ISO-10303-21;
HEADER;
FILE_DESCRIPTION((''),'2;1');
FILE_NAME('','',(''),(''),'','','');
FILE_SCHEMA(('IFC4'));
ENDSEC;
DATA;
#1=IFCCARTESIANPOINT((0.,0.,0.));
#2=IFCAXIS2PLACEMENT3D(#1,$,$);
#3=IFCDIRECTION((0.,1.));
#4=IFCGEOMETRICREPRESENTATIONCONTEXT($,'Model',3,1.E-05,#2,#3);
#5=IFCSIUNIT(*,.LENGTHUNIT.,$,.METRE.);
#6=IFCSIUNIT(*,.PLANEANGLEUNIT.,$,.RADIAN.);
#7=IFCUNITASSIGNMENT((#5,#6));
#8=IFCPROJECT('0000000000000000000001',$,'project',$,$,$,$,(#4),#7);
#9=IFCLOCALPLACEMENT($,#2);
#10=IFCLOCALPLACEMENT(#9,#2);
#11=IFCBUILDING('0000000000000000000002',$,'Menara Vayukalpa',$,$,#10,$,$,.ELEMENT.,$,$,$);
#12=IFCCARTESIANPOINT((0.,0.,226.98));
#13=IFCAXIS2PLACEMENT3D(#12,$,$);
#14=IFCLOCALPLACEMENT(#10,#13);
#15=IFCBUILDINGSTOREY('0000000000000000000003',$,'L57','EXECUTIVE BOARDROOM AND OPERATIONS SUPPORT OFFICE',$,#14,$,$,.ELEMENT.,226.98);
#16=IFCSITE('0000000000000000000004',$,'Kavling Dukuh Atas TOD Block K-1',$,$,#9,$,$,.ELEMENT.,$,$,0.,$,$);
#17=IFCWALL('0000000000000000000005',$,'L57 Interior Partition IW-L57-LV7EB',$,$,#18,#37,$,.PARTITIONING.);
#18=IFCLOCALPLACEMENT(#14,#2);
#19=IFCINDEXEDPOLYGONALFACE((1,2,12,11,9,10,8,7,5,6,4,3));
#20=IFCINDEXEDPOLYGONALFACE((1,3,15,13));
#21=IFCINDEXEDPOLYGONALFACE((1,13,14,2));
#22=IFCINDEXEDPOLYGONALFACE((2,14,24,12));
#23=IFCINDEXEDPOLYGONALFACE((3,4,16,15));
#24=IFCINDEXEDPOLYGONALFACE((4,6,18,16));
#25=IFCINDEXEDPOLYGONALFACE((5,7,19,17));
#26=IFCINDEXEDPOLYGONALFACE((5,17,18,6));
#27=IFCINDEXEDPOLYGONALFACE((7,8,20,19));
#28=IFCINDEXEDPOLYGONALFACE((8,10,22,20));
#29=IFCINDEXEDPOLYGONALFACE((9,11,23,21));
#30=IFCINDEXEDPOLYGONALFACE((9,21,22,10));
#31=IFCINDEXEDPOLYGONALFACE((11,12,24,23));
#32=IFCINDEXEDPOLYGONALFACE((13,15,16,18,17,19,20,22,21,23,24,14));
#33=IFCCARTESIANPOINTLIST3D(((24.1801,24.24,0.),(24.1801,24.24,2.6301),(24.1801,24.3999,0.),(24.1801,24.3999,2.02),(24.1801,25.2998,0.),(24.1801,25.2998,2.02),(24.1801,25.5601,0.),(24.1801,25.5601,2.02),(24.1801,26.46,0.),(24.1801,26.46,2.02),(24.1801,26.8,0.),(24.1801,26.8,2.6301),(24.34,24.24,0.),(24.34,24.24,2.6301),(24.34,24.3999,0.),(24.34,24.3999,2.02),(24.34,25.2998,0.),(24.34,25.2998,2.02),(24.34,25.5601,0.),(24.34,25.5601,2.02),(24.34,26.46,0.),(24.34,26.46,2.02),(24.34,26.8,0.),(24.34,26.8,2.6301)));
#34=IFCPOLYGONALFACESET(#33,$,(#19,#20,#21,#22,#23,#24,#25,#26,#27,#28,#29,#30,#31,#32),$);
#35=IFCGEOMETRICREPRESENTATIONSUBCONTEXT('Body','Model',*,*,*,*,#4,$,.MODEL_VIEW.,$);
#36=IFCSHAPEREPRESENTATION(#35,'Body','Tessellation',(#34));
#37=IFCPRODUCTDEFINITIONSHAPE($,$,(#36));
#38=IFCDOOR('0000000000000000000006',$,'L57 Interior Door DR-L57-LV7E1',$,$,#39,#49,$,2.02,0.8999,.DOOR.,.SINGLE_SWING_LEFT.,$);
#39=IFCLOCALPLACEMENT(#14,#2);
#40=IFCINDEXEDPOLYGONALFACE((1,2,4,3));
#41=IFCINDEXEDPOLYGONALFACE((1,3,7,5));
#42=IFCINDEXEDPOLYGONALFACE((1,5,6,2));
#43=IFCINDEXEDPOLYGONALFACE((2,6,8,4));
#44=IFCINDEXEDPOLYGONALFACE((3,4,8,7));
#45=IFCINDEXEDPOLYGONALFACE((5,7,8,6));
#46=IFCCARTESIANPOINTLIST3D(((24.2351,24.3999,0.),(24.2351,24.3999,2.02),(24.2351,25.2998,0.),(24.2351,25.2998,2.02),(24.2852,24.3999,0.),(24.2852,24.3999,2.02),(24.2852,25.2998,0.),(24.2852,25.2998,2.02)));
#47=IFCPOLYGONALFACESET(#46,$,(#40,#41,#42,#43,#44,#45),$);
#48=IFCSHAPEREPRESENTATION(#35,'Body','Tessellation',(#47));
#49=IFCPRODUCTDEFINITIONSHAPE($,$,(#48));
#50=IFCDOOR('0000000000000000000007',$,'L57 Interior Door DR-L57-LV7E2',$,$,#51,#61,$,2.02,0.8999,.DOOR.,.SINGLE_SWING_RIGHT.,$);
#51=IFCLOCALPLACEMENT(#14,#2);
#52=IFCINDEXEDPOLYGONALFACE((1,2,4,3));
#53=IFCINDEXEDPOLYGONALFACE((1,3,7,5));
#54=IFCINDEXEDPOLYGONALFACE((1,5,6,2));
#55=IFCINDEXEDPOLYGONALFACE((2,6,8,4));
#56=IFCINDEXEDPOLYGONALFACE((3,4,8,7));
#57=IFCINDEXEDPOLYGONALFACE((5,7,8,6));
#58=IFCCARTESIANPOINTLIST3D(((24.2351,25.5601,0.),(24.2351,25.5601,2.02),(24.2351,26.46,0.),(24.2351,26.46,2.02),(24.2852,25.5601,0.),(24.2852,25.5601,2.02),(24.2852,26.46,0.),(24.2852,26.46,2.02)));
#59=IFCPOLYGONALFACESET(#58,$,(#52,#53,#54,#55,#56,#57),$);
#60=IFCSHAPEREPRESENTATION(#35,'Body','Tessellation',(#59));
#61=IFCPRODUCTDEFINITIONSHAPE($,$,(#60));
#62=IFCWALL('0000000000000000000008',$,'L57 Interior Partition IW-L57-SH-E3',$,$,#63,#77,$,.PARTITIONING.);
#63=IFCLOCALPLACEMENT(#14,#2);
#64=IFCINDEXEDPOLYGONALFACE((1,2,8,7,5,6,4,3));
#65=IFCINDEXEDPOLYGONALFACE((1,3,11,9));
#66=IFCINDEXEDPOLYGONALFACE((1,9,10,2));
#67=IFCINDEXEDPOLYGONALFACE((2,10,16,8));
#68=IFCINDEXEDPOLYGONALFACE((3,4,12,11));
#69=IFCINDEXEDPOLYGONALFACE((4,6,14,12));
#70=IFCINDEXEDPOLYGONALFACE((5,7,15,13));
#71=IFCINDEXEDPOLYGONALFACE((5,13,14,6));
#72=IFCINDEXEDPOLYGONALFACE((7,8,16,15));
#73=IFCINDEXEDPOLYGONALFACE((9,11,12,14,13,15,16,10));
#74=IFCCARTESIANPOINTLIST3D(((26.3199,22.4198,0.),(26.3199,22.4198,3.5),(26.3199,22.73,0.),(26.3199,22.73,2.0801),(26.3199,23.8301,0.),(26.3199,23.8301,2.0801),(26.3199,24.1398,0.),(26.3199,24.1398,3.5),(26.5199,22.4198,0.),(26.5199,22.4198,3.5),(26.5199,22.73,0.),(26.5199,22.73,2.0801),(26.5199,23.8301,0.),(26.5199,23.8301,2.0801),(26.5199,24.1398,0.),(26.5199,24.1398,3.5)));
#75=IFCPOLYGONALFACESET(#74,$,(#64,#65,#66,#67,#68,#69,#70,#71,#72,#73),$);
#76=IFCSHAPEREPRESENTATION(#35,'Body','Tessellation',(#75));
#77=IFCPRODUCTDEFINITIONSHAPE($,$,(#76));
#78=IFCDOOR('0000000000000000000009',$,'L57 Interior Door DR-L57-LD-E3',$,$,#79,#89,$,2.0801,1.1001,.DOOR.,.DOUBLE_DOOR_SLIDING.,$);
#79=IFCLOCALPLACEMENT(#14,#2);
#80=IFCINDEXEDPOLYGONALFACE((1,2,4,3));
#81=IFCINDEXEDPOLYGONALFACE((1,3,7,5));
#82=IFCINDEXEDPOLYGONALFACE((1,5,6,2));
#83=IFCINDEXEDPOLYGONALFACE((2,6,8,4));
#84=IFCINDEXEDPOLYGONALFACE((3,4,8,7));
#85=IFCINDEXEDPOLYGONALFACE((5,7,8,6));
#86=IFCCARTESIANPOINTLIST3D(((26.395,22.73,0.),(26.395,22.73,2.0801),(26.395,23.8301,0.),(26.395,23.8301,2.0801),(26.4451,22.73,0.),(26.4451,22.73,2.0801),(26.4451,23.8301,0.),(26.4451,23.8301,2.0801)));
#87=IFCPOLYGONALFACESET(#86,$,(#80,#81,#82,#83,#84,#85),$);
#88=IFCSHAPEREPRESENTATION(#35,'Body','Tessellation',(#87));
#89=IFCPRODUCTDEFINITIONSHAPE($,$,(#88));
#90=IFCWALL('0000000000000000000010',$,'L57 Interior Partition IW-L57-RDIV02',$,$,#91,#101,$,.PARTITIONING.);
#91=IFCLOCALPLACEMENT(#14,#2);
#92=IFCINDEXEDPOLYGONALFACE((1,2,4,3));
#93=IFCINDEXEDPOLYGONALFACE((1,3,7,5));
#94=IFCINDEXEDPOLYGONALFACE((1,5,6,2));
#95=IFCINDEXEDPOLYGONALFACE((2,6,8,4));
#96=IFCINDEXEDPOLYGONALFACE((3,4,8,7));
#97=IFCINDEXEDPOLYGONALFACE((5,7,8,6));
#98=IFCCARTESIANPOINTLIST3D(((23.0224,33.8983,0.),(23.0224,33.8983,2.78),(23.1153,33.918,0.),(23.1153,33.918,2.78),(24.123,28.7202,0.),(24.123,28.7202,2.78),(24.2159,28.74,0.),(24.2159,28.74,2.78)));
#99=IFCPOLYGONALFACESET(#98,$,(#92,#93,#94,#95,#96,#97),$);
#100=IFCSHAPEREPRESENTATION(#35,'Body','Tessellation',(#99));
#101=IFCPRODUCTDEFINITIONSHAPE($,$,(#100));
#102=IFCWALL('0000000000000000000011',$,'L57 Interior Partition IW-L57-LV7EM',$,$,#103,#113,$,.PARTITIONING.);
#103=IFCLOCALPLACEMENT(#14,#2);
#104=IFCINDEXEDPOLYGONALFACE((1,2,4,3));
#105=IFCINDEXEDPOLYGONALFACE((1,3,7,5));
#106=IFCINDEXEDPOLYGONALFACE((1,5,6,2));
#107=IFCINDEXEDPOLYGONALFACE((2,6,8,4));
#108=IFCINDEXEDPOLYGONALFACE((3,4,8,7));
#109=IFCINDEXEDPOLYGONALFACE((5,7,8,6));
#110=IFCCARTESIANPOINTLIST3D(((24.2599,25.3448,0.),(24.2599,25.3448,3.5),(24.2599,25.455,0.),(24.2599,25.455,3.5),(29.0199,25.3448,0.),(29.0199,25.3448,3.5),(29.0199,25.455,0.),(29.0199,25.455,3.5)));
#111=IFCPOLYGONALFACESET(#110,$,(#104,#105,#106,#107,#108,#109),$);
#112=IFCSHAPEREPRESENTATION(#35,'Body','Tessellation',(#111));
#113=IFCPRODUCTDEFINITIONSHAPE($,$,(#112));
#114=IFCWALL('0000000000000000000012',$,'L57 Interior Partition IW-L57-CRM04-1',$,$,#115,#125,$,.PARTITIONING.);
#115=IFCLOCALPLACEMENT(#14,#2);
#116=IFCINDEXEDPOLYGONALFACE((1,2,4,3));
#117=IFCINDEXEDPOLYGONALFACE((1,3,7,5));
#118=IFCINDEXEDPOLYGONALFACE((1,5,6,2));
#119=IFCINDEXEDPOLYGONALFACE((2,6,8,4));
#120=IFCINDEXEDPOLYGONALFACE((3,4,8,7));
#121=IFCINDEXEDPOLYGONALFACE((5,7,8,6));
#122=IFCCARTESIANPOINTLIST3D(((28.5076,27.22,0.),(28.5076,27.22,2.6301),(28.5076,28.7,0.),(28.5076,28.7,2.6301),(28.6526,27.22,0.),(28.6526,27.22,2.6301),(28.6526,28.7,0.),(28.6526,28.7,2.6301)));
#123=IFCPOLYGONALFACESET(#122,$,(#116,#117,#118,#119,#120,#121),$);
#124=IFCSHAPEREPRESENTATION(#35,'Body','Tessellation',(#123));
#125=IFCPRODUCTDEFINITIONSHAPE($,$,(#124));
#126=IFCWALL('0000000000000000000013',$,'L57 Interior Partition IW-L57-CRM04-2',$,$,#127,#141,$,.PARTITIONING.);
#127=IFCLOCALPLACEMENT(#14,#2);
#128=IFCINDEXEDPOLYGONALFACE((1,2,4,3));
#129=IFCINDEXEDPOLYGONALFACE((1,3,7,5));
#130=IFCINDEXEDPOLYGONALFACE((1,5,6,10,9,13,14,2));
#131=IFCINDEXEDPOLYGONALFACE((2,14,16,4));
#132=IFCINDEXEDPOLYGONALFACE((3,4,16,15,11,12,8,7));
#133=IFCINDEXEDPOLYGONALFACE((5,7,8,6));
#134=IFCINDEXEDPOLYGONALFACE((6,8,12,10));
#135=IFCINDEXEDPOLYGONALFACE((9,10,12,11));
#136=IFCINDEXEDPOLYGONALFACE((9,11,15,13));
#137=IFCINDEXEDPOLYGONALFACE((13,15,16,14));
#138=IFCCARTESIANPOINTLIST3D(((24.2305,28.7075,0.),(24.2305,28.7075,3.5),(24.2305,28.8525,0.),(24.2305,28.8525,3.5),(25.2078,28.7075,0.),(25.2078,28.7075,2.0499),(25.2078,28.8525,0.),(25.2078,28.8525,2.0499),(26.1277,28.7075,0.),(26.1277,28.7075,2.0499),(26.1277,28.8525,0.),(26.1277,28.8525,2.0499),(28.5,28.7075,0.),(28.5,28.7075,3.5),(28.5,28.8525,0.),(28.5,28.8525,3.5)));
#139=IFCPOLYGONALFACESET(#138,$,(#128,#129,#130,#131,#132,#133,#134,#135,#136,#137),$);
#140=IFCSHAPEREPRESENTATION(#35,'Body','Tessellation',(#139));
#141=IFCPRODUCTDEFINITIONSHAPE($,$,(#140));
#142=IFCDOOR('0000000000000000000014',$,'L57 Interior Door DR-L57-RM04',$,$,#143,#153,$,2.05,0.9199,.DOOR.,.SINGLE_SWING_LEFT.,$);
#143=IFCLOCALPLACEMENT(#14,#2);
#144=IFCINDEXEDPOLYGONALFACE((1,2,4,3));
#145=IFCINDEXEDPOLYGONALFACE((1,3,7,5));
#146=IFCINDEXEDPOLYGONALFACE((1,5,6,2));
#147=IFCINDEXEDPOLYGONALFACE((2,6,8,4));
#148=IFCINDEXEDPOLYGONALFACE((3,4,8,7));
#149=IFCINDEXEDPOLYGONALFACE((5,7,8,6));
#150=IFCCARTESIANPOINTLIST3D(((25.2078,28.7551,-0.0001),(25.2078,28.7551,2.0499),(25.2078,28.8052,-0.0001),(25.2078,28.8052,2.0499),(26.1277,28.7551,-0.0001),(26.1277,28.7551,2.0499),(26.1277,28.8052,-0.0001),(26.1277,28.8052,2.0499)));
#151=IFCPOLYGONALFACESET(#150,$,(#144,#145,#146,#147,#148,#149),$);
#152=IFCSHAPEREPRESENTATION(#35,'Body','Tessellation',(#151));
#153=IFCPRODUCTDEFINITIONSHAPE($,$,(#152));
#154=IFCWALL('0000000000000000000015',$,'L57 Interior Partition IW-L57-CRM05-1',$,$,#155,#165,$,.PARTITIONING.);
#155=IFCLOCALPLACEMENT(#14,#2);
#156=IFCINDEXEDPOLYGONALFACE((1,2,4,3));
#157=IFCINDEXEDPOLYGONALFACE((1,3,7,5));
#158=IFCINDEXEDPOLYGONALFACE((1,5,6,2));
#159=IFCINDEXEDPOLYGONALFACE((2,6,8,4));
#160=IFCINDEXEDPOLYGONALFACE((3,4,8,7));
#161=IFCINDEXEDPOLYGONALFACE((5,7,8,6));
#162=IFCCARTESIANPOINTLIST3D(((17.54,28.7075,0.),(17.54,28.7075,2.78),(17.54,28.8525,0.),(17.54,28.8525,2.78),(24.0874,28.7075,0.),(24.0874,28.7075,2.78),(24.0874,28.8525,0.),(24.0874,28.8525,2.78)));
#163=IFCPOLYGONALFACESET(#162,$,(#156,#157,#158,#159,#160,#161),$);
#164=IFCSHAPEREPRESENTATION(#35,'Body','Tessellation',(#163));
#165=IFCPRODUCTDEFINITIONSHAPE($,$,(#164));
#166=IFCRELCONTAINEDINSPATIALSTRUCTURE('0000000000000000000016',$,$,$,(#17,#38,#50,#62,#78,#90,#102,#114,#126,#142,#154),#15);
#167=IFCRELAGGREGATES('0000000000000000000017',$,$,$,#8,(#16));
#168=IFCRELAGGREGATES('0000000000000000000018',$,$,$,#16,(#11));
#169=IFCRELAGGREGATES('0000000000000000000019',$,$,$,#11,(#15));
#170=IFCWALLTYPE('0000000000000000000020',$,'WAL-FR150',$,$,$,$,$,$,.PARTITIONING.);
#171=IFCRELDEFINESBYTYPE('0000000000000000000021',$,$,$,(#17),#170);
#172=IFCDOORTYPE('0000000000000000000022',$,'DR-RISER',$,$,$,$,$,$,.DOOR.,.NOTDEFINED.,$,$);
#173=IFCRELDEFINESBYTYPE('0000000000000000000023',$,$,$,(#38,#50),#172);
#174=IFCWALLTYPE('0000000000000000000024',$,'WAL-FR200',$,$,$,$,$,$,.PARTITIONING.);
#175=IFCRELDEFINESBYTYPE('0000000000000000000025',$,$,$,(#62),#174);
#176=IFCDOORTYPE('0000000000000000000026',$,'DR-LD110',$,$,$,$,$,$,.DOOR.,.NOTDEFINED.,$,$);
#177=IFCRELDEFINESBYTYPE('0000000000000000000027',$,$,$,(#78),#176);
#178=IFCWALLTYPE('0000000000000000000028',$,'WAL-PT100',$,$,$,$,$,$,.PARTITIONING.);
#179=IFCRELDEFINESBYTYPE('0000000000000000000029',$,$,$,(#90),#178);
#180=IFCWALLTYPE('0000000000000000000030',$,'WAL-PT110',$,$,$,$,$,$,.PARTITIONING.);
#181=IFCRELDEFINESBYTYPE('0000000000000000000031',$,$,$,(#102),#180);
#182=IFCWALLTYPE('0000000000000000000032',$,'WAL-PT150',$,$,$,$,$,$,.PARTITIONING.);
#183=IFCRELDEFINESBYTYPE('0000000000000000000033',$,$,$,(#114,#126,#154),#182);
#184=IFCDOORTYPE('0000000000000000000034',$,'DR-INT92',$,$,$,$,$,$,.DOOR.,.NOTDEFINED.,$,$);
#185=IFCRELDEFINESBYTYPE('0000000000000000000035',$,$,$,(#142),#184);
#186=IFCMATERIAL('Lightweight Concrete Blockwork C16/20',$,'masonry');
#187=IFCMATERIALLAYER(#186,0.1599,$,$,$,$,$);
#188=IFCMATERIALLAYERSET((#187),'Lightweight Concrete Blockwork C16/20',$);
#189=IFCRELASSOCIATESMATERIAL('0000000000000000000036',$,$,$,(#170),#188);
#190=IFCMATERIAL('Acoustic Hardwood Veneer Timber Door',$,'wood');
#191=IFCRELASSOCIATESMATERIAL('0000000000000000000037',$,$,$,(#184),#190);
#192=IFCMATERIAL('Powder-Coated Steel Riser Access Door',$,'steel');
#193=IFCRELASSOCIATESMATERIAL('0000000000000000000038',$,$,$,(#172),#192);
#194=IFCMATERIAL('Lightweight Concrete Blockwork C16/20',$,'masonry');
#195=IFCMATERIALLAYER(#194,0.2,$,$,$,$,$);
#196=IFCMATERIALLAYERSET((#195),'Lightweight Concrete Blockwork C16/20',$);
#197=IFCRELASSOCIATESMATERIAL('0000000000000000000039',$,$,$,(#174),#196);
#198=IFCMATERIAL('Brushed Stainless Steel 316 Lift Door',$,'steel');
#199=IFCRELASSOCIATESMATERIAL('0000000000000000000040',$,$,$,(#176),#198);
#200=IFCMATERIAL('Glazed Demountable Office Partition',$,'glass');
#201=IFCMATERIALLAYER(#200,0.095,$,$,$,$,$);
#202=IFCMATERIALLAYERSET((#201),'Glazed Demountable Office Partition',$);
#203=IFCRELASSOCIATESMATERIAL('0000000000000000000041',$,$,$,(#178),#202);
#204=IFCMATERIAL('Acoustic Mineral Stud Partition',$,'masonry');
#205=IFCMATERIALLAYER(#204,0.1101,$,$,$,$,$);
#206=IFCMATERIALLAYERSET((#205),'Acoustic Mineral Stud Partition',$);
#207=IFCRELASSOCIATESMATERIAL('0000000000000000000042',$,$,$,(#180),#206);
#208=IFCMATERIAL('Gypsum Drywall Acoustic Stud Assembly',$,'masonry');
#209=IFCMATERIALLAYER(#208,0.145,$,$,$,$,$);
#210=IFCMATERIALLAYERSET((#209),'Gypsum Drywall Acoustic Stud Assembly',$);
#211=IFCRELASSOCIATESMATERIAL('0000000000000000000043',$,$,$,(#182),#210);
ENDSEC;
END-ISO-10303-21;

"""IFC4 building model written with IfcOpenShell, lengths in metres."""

from ifc_helpers import new_model, si_unit, direction, frame, frame_2d, origin, place, context, subcontext, project, spatial, rectangle, extrude, material, layer, layer_set, type_object, element, fill, save


model = new_model("IFC4")

# Units and contexts
model_context = context("Model", 3, precision=1e-05, world=origin(), true_north=direction((0.0, 1.0)))
body_context = subcontext(model_context, "Body", "Model", "MODEL_VIEW")
ifc_project = project(units=[si_unit("LENGTHUNIT", "METRE"), si_unit("PLANEANGLEUNIT", "RADIAN")], contexts=[model_context])

# Site, building, storey
site_placement = place(None, origin())
site = spatial("IfcSite", under=ifc_project, at=site_placement, Name="Kavling Dukuh Atas TOD Block K-1", CompositionType="ELEMENT", RefElevation=0.0)
building_placement = place(site_placement, origin())
building = spatial("IfcBuilding", under=site, at=building_placement, Name="Menara Vayukalpa", CompositionType="ELEMENT")
storey_placement = place(building_placement, frame((0.0, 0.0, 226.98)))
storey = spatial("IfcBuildingStorey", under=building, at=storey_placement, Name="L57", Description="EXECUTIVE BOARDROOM AND OPERATIONS SUPPORT OFFICE", CompositionType="ELEMENT", Elevation=226.98)

# Shared definitions
ifc_material_1 = material(Name="Lightweight Concrete Blockwork C16/20", Category="masonry")
ifc_layer_1 = layer(ifc_material_1, 0.1599)
ifc_layer_set_1 = layer_set([ifc_layer_1], Name="Lightweight Concrete Blockwork C16/20")
wall_type_1 = type_object("IfcWallType", Name="WAL-FR150", PredefinedType="PARTITIONING", material=ifc_layer_set_1)

# Shared definitions
ifc_material_2 = material(Name="Acoustic Hardwood Veneer Timber Door", Category="wood")
door_type_1 = type_object("IfcDoorType", Name="DR-INT92", OperationType="NOTDEFINED", PredefinedType="DOOR", material=ifc_material_2)

# Wall, openings, doors
wall_1_placement = place(storey_placement, frame((24.26, 24.24, 0.0), z_axis=(0.0, 0.0, 1.0), x_axis=(0.0, 1.0, 0.0)))
wall_1 = element("IfcWall", 1, at=wall_1_placement, inside=storey, type_object=wall_type_1, Name="L57 Interior Partition IW-L57-LV7EB", PredefinedType="PARTITIONING", context=body_context, shape_type="SweptSolid", body=[
    extrude(rectangle(XDim=2.5601, YDim=0.1599, at=frame_2d((1.28, 0.0))), origin(), (0.0, 0.0, 1.0), 2.6301),
])
opening_1_placement = place(wall_1_placement, frame((0.1599, 0.0, 0.0)))
opening_1 = element("IfcOpeningElement", 2, at=opening_1_placement, cuts=wall_1, PredefinedType="OPENING", context=body_context, shape_type="SweptSolid", body=[
    extrude(rectangle(XDim=0.8999, YDim=2.02, at=frame_2d((0.45, 1.01))), frame((0.0, 0.0898, 0.0), z_axis=(0.0, -1.0, 0.0), x_axis=(1.0, 0.0, 0.0)), (0.0, 0.0, 1.0), 0.1799),
])
opening_2_placement = place(wall_1_placement, frame((1.3201, 0.0, 0.0)))
opening_2 = element("IfcOpeningElement", 3, at=opening_2_placement, cuts=wall_1, PredefinedType="OPENING", context=body_context, shape_type="SweptSolid", body=[
    extrude(rectangle(XDim=0.8999, YDim=2.02, at=frame_2d((0.45, 1.01))), frame((0.0, 0.0898, 0.0), z_axis=(0.0, -1.0, 0.0), x_axis=(1.0, 0.0, 0.0)), (0.0, 0.0, 1.0), 0.1799),
])
ifc_material_3 = material(Name="Powder-Coated Steel Riser Access Door", Category="steel")
door_type_2 = type_object("IfcDoorType", Name="DR-RISER", OperationType="NOTDEFINED", PredefinedType="DOOR", material=ifc_material_3)
door_1_placement = place(opening_1_placement, origin())
door_1 = element("IfcDoor", 4, at=door_1_placement, inside=storey, type_object=door_type_2, Name="L57 Interior Door DR-L57-LV7E1", OperationType="SINGLE_SWING_LEFT", OverallHeight=2.02, OverallWidth=0.8999, PredefinedType="DOOR", context=body_context, shape_type="SweptSolid", body=[
    extrude(rectangle(XDim=0.8999, YDim=2.02, at=frame_2d((0.45, 1.01))), frame((0.0, 0.0249, 0.0), z_axis=(0.0, -1.0, 0.0), x_axis=(1.0, 0.0, 0.0)), (0.0, 0.0, 1.0), 0.05),
])
fill(opening_1, door_1)
door_2_placement = place(opening_2_placement, origin())
door_2 = element("IfcDoor", 5, at=door_2_placement, inside=storey, type_object=door_type_2, Name="L57 Interior Door DR-L57-LV7E2", OperationType="SINGLE_SWING_RIGHT", OverallHeight=2.02, OverallWidth=0.8999, PredefinedType="DOOR", context=body_context, shape_type="SweptSolid", body=[
    extrude(rectangle(XDim=0.8999, YDim=2.02, at=frame_2d((0.45, 1.01))), frame((0.0, 0.0249, 0.0), z_axis=(0.0, -1.0, 0.0), x_axis=(1.0, 0.0, 0.0)), (0.0, 0.0, 1.0), 0.05),
])
fill(opening_2, door_2)

# Wall, opening, door
ifc_material_4 = material(Name="Lightweight Concrete Blockwork C16/20", Category="masonry")
ifc_layer_2 = layer(ifc_material_4, 0.2)
ifc_layer_set_2 = layer_set([ifc_layer_2], Name="Lightweight Concrete Blockwork C16/20")
wall_type_2 = type_object("IfcWallType", Name="WAL-FR200", PredefinedType="PARTITIONING", material=ifc_layer_set_2)
wall_2_placement = place(storey_placement, frame((26.4199, 22.4199, 0.0), z_axis=(0.0, 0.0, 1.0), x_axis=(0.0, 1.0, 0.0)))
wall_2 = element("IfcWall", 6, at=wall_2_placement, inside=storey, type_object=wall_type_2, Name="L57 Interior Partition IW-L57-SH-E3", PredefinedType="PARTITIONING", context=body_context, shape_type="SweptSolid", body=[
    extrude(rectangle(XDim=1.72, YDim=0.2, at=frame_2d((0.8599, 0.0))), origin(), (0.0, 0.0, 1.0), 3.5),
])
opening_3_placement = place(wall_2_placement, frame((0.3101, 0.0, 0.0)))
opening_3 = element("IfcOpeningElement", 7, at=opening_3_placement, cuts=wall_2, PredefinedType="OPENING", context=body_context, shape_type="SweptSolid", body=[
    extrude(rectangle(XDim=1.1001, YDim=2.0801, at=frame_2d((0.55, 1.04))), frame((0.0, 0.1099, 0.0), z_axis=(0.0, -1.0, 0.0), x_axis=(1.0, 0.0, 0.0)), (0.0, 0.0, 1.0), 0.22),
])
ifc_material_5 = material(Name="Brushed Stainless Steel 316 Lift Door", Category="steel")
door_type_3 = type_object("IfcDoorType", Name="DR-LD110", OperationType="NOTDEFINED", PredefinedType="DOOR", material=ifc_material_5)
door_3_placement = place(opening_3_placement, origin())
door_3 = element("IfcDoor", 8, at=door_3_placement, inside=storey, type_object=door_type_3, Name="L57 Interior Door DR-L57-LD-E3", OperationType="DOUBLE_DOOR_SLIDING", OverallHeight=2.0801, OverallWidth=1.1001, PredefinedType="DOOR", context=body_context, shape_type="SweptSolid", body=[
    extrude(rectangle(XDim=1.1001, YDim=2.0801, at=frame_2d((0.55, 1.04))), frame((0.0, 0.0249, 0.0), z_axis=(0.0, -1.0, 0.0), x_axis=(1.0, 0.0, 0.0)), (0.0, 0.0, 1.0), 0.05),
])
fill(opening_3, door_3)

# Walls
ifc_material_6 = material(Name="Glazed Demountable Office Partition", Category="glass")
ifc_layer_3 = layer(ifc_material_6, 0.095)
ifc_layer_set_3 = layer_set([ifc_layer_3], Name="Glazed Demountable Office Partition")
wall_type_3 = type_object("IfcWallType", Name="WAL-PT100", PredefinedType="PARTITIONING", material=ifc_layer_set_3)
wall_3_placement = place(storey_placement, frame((24.1694, 28.73, 0.0), z_axis=(0.0, 0.0, 1.0), x_axis=(-0.207907, 0.978149, 0.0)))
element("IfcWall", 9, at=wall_3_placement, inside=storey, type_object=wall_type_3, Name="L57 Interior Partition IW-L57-RDIV02", PredefinedType="PARTITIONING", context=body_context, shape_type="SweptSolid", body=[
    extrude(rectangle(XDim=5.2937, YDim=0.095, at=frame_2d((2.647, 0.0))), origin(), (0.0, 0.0, 1.0), 2.78),
])
ifc_material_7 = material(Name="Acoustic Mineral Stud Partition", Category="masonry")
ifc_layer_4 = layer(ifc_material_7, 0.1101)
ifc_layer_set_4 = layer_set([ifc_layer_4], Name="Acoustic Mineral Stud Partition")
wall_type_4 = type_object("IfcWallType", Name="WAL-PT110", PredefinedType="PARTITIONING", material=ifc_layer_set_4)
wall_4_placement = place(storey_placement, frame((24.26, 25.3999, 0.0), z_axis=(0.0, 0.0, 1.0), x_axis=(1.0, 0.0, 0.0)))
element("IfcWall", 10, at=wall_4_placement, inside=storey, type_object=wall_type_4, Name="L57 Interior Partition IW-L57-LV7EM", PredefinedType="PARTITIONING", context=body_context, shape_type="SweptSolid", body=[
    extrude(rectangle(XDim=4.76, YDim=0.1101, at=frame_2d((2.3799, 0.0))), origin(), (0.0, 0.0, 1.0), 3.5),
])
ifc_material_8 = material(Name="Gypsum Drywall Acoustic Stud Assembly", Category="masonry")
ifc_layer_5 = layer(ifc_material_8, 0.145)
ifc_layer_set_5 = layer_set([ifc_layer_5], Name="Gypsum Drywall Acoustic Stud Assembly")
wall_type_5 = type_object("IfcWallType", Name="WAL-PT150", PredefinedType="PARTITIONING", material=ifc_layer_set_5)
wall_5_placement = place(storey_placement, frame((28.5801, 27.22, 0.0), z_axis=(0.0, 0.0, 1.0), x_axis=(0.0, 1.0, 0.0)))
element("IfcWall", 11, at=wall_5_placement, inside=storey, type_object=wall_type_5, Name="L57 Interior Partition IW-L57-CRM04-1", PredefinedType="PARTITIONING", context=body_context, shape_type="SweptSolid", body=[
    extrude(rectangle(XDim=1.48, YDim=0.145, at=frame_2d((0.74, 0.0))), origin(), (0.0, 0.0, 1.0), 2.6301),
])

# Wall, opening, door
wall_6_placement = place(storey_placement, frame((28.5, 28.78, 0.0), z_axis=(0.0, 0.0, 1.0), x_axis=(-1.0, 0.0, 0.0)))
wall_6 = element("IfcWall", 12, at=wall_6_placement, inside=storey, type_object=wall_type_5, Name="L57 Interior Partition IW-L57-CRM04-2", PredefinedType="PARTITIONING", context=body_context, shape_type="SweptSolid", body=[
    extrude(rectangle(XDim=4.2695, YDim=0.145, at=frame_2d((2.1348, 0.0))), origin(), (0.0, 0.0, 1.0), 3.5),
])
opening_4_placement = place(wall_6_placement, frame((2.3723, 0.0, 0.0)))
opening_4 = element("IfcOpeningElement", 13, at=opening_4_placement, cuts=wall_6, PredefinedType="OPENING", context=body_context, shape_type="SweptSolid", body=[
    extrude(rectangle(XDim=0.9199, YDim=2.05, at=frame_2d((0.46, 1.0249))), frame((0.0, 0.0825, 0.0), z_axis=(0.0, -1.0, 0.0), x_axis=(1.0, 0.0, 0.0)), (0.0, 0.0, 1.0), 0.165),
])
door_4_placement = place(opening_4_placement, origin())
door_4 = element("IfcDoor", 14, at=door_4_placement, inside=storey, type_object=door_type_1, Name="L57 Interior Door DR-L57-RM04", OperationType="SINGLE_SWING_LEFT", OverallHeight=2.05, OverallWidth=0.9199, PredefinedType="DOOR", context=body_context, shape_type="SweptSolid", body=[
    extrude(rectangle(XDim=0.9199, YDim=2.05, at=frame_2d((0.46, 1.0249))), frame((0.0, 0.0249, 0.0), z_axis=(0.0, -1.0, 0.0), x_axis=(1.0, 0.0, 0.0)), (0.0, 0.0, 1.0), 0.05),
])
fill(opening_4, door_4)

# Wall
wall_7_placement = place(storey_placement, frame((24.0874, 28.78, 0.0), z_axis=(0.0, 0.0, 1.0), x_axis=(-1.0, 0.0, 0.0)))
element("IfcWall", 15, at=wall_7_placement, inside=storey, type_object=wall_type_5, Name="L57 Interior Partition IW-L57-CRM05-1", PredefinedType="PARTITIONING", context=body_context, shape_type="SweptSolid", body=[
    extrude(rectangle(XDim=6.5474, YDim=0.145, at=frame_2d((3.2737, 0.0))), origin(), (0.0, 0.0, 1.0), 2.78),
])

save(model, "model.ifc")
